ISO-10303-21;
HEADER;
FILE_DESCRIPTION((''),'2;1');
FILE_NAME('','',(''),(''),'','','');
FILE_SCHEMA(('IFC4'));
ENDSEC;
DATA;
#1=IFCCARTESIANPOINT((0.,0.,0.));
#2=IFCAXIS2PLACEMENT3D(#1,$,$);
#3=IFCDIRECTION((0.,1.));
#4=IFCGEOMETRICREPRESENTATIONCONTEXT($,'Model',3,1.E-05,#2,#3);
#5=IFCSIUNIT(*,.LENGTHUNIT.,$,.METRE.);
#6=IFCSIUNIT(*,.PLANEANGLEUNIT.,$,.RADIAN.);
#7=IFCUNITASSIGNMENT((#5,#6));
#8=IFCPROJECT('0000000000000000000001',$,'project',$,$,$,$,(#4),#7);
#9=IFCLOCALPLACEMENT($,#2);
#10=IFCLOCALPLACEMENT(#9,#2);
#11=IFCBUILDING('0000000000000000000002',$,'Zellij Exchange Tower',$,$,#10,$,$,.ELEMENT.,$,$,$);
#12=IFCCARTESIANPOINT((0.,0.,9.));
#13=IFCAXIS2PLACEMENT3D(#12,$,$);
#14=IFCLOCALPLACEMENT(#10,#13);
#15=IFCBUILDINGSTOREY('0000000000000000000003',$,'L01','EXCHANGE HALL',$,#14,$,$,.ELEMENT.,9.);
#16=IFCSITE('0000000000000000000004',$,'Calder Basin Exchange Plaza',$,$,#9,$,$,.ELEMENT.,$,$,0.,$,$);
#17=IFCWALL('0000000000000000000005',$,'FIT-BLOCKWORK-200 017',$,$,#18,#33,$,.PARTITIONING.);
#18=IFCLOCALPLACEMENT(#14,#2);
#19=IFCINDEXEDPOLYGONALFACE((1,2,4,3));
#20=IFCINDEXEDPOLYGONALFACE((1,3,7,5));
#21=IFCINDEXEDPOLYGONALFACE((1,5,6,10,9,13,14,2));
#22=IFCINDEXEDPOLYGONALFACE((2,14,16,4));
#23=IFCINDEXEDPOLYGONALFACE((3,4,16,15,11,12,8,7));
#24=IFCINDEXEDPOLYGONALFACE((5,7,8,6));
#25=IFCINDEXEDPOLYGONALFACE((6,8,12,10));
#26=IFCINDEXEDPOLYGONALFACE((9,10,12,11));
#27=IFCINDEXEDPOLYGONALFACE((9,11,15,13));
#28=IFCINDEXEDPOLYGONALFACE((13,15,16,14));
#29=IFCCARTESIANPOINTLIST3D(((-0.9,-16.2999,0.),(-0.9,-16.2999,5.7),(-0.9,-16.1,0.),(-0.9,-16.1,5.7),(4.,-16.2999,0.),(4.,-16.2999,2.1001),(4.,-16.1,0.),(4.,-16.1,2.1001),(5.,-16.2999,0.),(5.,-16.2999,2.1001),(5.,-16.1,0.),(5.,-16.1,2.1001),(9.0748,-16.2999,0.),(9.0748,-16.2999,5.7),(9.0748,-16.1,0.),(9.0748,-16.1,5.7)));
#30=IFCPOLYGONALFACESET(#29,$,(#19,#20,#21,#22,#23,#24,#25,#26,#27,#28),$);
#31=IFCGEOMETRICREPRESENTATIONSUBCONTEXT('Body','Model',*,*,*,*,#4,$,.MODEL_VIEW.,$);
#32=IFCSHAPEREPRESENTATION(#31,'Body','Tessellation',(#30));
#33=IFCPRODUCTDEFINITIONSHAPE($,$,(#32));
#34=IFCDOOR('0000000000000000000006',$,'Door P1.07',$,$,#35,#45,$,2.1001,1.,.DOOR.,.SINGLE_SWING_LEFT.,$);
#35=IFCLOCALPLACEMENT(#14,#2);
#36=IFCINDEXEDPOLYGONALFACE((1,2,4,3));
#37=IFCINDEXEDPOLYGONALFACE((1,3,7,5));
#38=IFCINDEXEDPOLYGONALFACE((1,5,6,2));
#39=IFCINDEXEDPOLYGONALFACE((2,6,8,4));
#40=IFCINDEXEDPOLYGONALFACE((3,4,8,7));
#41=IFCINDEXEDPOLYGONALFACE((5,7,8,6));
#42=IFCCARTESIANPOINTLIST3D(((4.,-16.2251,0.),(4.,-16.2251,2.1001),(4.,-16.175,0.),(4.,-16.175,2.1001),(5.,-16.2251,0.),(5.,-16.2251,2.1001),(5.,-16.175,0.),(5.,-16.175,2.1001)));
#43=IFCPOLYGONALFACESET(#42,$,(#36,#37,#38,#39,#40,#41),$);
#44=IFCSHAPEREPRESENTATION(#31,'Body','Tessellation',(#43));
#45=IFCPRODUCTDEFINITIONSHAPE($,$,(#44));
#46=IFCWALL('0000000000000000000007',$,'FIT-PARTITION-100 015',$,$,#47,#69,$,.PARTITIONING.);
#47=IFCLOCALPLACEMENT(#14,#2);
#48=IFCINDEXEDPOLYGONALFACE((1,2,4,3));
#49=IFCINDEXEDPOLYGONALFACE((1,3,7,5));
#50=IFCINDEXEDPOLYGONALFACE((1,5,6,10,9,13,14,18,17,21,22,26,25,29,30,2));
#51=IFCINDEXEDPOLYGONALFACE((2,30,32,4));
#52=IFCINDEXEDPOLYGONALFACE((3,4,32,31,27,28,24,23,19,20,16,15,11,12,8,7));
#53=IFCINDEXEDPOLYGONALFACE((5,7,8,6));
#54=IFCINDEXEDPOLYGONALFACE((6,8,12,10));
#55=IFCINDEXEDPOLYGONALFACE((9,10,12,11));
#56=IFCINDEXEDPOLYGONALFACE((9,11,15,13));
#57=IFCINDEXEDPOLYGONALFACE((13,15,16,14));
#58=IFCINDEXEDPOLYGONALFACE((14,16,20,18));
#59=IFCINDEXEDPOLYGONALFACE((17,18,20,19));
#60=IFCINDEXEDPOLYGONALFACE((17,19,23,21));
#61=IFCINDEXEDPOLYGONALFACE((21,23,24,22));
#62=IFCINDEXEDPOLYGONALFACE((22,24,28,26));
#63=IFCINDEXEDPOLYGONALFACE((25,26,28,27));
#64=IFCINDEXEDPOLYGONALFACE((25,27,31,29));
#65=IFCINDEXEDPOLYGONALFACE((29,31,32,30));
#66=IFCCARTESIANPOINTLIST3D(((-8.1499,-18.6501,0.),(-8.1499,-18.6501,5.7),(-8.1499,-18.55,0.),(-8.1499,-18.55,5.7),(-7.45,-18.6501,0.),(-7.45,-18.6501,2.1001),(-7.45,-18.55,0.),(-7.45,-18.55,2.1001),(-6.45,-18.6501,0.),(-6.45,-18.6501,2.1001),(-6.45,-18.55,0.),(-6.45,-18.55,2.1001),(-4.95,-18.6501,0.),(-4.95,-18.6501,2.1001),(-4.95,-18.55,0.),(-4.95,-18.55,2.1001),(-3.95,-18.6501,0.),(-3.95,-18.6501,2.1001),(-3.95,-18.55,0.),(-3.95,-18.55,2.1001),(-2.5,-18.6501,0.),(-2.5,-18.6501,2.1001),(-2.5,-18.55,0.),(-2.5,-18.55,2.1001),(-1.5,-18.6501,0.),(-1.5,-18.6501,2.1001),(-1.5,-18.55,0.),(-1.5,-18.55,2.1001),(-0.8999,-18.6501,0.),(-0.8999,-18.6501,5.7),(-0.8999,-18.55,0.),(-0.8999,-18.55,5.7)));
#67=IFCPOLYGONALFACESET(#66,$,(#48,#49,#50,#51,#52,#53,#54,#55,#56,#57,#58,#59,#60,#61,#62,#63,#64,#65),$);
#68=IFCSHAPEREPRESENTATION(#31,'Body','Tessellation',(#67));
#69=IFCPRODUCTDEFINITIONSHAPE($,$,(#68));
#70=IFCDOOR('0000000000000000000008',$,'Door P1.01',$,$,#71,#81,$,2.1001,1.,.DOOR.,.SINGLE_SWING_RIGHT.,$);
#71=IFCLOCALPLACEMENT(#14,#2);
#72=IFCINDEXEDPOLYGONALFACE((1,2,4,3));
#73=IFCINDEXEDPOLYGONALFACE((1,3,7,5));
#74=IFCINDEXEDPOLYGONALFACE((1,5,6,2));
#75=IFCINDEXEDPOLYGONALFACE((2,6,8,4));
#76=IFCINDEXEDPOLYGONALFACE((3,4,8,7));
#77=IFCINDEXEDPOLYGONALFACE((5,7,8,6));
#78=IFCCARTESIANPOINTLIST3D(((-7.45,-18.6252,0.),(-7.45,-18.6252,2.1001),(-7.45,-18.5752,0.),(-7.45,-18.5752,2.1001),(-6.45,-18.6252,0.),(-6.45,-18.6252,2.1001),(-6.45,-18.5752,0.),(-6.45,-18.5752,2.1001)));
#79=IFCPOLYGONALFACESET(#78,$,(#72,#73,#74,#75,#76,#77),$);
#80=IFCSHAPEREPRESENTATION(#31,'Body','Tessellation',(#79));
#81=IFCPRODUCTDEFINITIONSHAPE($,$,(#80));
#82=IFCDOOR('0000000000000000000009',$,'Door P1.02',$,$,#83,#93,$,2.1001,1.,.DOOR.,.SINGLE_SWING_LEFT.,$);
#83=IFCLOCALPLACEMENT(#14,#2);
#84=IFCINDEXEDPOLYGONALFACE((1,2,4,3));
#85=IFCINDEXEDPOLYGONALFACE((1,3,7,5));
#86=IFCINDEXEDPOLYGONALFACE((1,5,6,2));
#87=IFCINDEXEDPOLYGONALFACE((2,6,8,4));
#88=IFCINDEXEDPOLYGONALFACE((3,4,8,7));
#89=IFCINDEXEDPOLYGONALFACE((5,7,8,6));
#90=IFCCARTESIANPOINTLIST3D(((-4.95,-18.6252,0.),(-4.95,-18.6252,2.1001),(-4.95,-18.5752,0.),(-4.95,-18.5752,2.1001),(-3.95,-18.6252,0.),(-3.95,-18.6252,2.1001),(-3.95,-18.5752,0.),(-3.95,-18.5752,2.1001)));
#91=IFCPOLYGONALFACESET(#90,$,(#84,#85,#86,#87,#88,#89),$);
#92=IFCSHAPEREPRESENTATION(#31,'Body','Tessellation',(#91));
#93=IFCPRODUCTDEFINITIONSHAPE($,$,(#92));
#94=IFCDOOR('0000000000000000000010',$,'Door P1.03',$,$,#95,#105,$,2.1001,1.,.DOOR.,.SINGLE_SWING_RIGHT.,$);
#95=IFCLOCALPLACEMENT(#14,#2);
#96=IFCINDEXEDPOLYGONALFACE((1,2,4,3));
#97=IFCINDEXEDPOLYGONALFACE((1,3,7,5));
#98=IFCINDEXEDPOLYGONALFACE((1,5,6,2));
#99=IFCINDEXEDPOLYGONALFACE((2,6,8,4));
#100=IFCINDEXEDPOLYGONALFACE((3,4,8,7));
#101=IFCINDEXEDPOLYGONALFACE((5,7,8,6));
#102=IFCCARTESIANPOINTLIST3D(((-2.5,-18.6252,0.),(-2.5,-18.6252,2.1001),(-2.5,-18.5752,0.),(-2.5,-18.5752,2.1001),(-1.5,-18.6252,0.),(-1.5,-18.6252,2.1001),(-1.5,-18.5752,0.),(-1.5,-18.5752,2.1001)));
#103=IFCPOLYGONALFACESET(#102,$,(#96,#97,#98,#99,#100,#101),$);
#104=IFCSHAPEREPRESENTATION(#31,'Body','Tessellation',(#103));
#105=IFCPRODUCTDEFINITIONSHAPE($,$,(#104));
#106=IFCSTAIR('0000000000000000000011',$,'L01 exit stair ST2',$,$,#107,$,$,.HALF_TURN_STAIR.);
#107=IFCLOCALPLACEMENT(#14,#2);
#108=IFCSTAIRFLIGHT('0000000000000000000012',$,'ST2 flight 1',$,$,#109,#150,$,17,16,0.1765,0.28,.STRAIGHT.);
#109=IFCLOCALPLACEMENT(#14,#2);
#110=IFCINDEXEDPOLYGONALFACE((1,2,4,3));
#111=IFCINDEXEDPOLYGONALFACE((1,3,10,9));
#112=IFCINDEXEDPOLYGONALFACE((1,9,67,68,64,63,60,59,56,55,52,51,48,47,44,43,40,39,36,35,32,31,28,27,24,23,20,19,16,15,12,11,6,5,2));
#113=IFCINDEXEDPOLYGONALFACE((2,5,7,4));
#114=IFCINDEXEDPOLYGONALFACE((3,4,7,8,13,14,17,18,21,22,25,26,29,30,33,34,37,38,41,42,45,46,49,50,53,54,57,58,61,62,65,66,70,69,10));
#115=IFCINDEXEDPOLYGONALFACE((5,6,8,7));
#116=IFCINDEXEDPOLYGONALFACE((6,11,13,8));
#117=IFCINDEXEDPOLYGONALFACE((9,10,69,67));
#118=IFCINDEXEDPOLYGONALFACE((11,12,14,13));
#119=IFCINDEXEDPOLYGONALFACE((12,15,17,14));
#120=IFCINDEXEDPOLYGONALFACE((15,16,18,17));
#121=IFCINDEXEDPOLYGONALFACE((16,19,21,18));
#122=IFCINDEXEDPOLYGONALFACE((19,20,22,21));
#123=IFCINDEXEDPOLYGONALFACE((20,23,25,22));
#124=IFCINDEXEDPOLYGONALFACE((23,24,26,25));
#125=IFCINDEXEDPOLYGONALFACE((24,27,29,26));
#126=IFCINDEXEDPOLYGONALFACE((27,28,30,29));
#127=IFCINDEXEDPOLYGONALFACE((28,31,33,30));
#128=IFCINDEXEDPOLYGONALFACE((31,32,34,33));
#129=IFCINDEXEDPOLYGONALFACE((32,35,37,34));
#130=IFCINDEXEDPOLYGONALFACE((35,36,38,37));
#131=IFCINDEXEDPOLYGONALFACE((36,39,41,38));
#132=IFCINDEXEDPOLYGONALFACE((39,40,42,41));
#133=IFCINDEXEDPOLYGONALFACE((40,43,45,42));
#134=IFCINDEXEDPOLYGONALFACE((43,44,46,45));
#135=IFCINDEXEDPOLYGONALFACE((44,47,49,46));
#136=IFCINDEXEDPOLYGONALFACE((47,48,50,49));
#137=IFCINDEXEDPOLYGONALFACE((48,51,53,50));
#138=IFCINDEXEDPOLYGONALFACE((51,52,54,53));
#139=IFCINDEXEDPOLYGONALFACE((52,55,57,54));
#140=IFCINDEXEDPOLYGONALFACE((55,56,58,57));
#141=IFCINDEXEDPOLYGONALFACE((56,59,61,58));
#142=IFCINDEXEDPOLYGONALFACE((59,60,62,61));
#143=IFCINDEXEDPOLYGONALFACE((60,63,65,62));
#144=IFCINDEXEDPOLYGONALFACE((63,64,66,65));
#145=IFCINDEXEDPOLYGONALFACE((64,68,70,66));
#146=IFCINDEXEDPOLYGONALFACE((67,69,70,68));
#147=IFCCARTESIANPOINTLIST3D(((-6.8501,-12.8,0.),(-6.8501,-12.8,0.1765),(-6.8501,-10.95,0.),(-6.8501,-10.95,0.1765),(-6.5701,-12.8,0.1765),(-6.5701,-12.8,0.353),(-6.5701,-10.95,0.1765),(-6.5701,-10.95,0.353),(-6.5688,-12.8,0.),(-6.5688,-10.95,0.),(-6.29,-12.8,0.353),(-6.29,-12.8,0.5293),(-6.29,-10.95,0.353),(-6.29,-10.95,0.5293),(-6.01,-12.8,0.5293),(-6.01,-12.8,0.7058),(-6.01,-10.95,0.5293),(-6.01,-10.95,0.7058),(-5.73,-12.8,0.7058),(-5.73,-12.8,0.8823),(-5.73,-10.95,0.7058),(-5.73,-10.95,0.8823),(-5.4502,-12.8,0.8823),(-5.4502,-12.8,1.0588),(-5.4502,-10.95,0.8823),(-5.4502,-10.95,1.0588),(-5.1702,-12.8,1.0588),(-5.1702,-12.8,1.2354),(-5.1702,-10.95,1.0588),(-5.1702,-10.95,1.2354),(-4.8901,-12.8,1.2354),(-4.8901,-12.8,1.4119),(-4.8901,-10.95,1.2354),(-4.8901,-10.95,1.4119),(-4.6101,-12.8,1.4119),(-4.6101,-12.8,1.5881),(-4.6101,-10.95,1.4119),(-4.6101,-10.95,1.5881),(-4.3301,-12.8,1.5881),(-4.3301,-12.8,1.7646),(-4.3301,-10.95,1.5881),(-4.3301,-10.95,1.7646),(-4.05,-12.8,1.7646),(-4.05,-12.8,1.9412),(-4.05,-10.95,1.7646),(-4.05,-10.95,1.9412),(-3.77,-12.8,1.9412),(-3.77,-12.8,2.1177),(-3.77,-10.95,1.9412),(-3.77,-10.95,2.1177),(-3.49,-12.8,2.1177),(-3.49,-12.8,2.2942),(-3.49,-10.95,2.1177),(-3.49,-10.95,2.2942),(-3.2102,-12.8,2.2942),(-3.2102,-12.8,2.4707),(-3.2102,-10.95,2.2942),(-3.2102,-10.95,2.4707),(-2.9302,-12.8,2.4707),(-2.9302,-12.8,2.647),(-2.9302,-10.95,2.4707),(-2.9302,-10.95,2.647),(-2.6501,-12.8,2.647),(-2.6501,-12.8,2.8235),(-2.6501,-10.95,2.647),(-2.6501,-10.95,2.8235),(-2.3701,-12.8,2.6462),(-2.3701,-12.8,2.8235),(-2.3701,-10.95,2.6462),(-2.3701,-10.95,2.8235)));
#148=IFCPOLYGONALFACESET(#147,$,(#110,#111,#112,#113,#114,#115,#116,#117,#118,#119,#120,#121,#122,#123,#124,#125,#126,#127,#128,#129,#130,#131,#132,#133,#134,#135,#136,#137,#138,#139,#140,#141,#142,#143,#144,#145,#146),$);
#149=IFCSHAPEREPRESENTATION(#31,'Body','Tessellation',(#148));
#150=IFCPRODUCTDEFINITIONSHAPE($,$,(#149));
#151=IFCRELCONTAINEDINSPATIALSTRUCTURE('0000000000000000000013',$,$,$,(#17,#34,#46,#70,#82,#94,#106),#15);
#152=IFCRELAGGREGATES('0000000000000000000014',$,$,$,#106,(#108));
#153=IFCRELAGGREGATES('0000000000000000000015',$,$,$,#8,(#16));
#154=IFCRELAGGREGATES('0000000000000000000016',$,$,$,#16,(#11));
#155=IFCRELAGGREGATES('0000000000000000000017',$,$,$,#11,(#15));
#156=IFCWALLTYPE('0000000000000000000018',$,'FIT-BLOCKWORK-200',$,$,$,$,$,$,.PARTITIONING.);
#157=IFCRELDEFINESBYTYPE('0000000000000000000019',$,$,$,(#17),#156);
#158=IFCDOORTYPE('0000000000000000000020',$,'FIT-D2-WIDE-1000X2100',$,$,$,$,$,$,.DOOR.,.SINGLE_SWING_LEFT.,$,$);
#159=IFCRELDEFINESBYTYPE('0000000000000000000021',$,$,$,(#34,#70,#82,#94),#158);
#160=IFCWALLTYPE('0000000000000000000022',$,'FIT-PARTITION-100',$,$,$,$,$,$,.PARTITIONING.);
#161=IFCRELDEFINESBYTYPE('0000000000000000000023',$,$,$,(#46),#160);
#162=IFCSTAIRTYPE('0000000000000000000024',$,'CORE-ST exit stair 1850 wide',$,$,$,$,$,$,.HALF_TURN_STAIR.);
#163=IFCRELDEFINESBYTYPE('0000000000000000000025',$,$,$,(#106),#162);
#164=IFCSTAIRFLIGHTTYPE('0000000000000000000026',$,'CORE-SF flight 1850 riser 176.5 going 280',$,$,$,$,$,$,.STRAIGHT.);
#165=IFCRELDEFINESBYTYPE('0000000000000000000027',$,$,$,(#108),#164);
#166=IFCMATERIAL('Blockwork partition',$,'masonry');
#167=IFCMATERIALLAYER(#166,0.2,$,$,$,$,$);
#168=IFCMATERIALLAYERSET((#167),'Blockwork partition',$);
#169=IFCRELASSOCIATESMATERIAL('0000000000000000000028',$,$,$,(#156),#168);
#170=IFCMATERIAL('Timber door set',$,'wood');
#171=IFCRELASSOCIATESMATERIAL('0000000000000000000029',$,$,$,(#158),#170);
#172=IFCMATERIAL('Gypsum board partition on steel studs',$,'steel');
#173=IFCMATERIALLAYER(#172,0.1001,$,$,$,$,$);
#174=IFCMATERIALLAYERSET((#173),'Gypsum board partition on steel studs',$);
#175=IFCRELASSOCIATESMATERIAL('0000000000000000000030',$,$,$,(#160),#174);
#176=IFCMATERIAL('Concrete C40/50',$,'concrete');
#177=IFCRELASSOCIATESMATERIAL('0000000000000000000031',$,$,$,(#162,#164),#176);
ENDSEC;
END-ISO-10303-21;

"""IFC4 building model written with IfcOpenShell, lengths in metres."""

from ifc_helpers import new_model, si_unit, direction, frame, frame_2d, origin, place, context, subcontext, project, spatial, polyline, rectangle, outline, extrude, material, layer, layer_set, type_object, element, fill, aggregate, save


model = new_model("IFC4")

# Units and contexts
model_context = context("Model", 3, precision=1e-05, world=origin(), true_north=direction((0.0, 1.0)))
body_context = subcontext(model_context, "Body", "Model", "MODEL_VIEW")
ifc_project = project(units=[si_unit("LENGTHUNIT", "METRE"), si_unit("PLANEANGLEUNIT", "RADIAN")], contexts=[model_context])

# Site, building, storey
site_placement = place(None, origin())
site = spatial("IfcSite", under=ifc_project, at=site_placement, Name="Calder Basin Exchange Plaza", CompositionType="ELEMENT", RefElevation=0.0)
building_placement = place(site_placement, origin())
building = spatial("IfcBuilding", under=site, at=building_placement, Name="Zellij Exchange Tower", CompositionType="ELEMENT")
storey_placement = place(building_placement, frame((0.0, 0.0, 9.0)))
storey = spatial("IfcBuildingStorey", under=building, at=storey_placement, Name="L01", Description="EXCHANGE HALL", CompositionType="ELEMENT", Elevation=9.0)

# Wall, opening, door
ifc_material_1 = material(Name="Blockwork partition", Category="masonry")
ifc_layer_1 = layer(ifc_material_1, 0.2)
ifc_layer_set_1 = layer_set([ifc_layer_1], Name="Blockwork partition")
wall_type_1 = type_object("IfcWallType", Name="FIT-BLOCKWORK-200", PredefinedType="PARTITIONING", material=ifc_layer_set_1)
wall_1_placement = place(storey_placement, frame((-0.8999, -16.2, 0.0), z_axis=(0.0, 0.0, 1.0), x_axis=(1.0, 0.0, 0.0)))
wall_1 = element("IfcWall", 1, at=wall_1_placement, inside=storey, type_object=wall_type_1, Name="FIT-BLOCKWORK-200 017", PredefinedType="PARTITIONING", context=body_context, shape_type="SweptSolid", body=[
    extrude(rectangle(XDim=9.9749, YDim=0.2, at=frame_2d((4.9873, 0.0))), origin(), (0.0, 0.0, 1.0), 5.7),
])
opening_1_placement = place(wall_1_placement, frame((4.8999, 0.0, 0.0)))
opening_1 = element("IfcOpeningElement", 2, at=opening_1_placement, cuts=wall_1, PredefinedType="OPENING", context=body_context, shape_type="SweptSolid", body=[
    extrude(rectangle(XDim=1.0, YDim=2.1001, at=frame_2d((0.5, 1.05))), frame((0.0, 0.1118, 0.0), z_axis=(0.0, -1.0, 0.0), x_axis=(1.0, 0.0, 0.0)), (0.0, 0.0, 1.0), 0.2239),
])
ifc_material_2 = material(Name="Timber door set", Category="wood")
door_type_1 = type_object("IfcDoorType", Name="FIT-D2-WIDE-1000X2100", OperationType="SINGLE_SWING_LEFT", PredefinedType="DOOR", material=ifc_material_2)
door_1_placement = place(opening_1_placement, origin())
door_1 = element("IfcDoor", 3, at=door_1_placement, inside=storey, type_object=door_type_1, Name="Door P1.07", OperationType="SINGLE_SWING_LEFT", OverallHeight=2.1001, OverallWidth=1.0, PredefinedType="DOOR", context=body_context, shape_type="SweptSolid", body=[
    extrude(rectangle(XDim=1.0, YDim=2.1001, at=frame_2d((0.5, 1.05))), frame((0.0, 0.0249, 0.0), z_axis=(0.0, -1.0, 0.0), x_axis=(1.0, 0.0, 0.0)), (0.0, 0.0, 1.0), 0.05),
])
fill(opening_1, door_1)

# Wall, openings, doors
ifc_material_3 = material(Name="Gypsum board partition on steel studs", Category="steel")
ifc_layer_2 = layer(ifc_material_3, 0.1001)
ifc_layer_set_2 = layer_set([ifc_layer_2], Name="Gypsum board partition on steel studs")
wall_type_2 = type_object("IfcWallType", Name="FIT-PARTITION-100", PredefinedType="PARTITIONING", material=ifc_layer_set_2)
wall_2_placement = place(storey_placement, frame((-8.1499, -18.6001, 0.0), z_axis=(0.0, 0.0, 1.0), x_axis=(1.0, 0.0, 0.0)))
wall_2 = element("IfcWall", 4, at=wall_2_placement, inside=storey, type_object=wall_type_2, Name="FIT-PARTITION-100 015", PredefinedType="PARTITIONING", context=body_context, shape_type="SweptSolid", body=[
    extrude(rectangle(XDim=7.25, YDim=0.1001, at=frame_2d((3.625, 0.0))), origin(), (0.0, 0.0, 1.0), 5.7),
])
opening_2_placement = place(wall_2_placement, frame((0.7, 0.0, 0.0)))
opening_2 = element("IfcOpeningElement", 5, at=opening_2_placement, cuts=wall_2, PredefinedType="OPENING", context=body_context, shape_type="SweptSolid", body=[
    extrude(rectangle(XDim=1.0, YDim=2.1001, at=frame_2d((0.5, 1.05))), frame((0.0, 0.062, 0.0), z_axis=(0.0, -1.0, 0.0), x_axis=(1.0, 0.0, 0.0)), (0.0, 0.0, 1.0), 0.124),
])
opening_3_placement = place(wall_2_placement, frame((3.2, 0.0, 0.0)))
opening_3 = element("IfcOpeningElement", 6, at=opening_3_placement, cuts=wall_2, PredefinedType="OPENING", context=body_context, shape_type="SweptSolid", body=[
    extrude(rectangle(XDim=1.0, YDim=2.1001, at=frame_2d((0.5, 1.05))), frame((0.0, 0.062, 0.0), z_axis=(0.0, -1.0, 0.0), x_axis=(1.0, 0.0, 0.0)), (0.0, 0.0, 1.0), 0.124),
])
opening_4_placement = place(wall_2_placement, frame((5.6499, 0.0, 0.0)))
opening_4 = element("IfcOpeningElement", 7, at=opening_4_placement, cuts=wall_2, PredefinedType="OPENING", context=body_context, shape_type="SweptSolid", body=[
    extrude(rectangle(XDim=1.0, YDim=2.1001, at=frame_2d((0.5, 1.05))), frame((0.0, 0.062, 0.0), z_axis=(0.0, -1.0, 0.0), x_axis=(1.0, 0.0, 0.0)), (0.0, 0.0, 1.0), 0.124),
])
door_2_placement = place(opening_2_placement, origin())
door_2 = element("IfcDoor", 8, at=door_2_placement, inside=storey, type_object=door_type_1, Name="Door P1.01", OperationType="SINGLE_SWING_RIGHT", OverallHeight=2.1001, OverallWidth=1.0, PredefinedType="DOOR", context=body_context, shape_type="SweptSolid", body=[
    extrude(rectangle(XDim=1.0, YDim=2.1001, at=frame_2d((0.5, 1.05))), frame((0.0, 0.0249, 0.0), z_axis=(0.0, -1.0, 0.0), x_axis=(1.0, 0.0, 0.0)), (0.0, 0.0, 1.0), 0.05),
])
fill(opening_2, door_2)
door_3_placement = place(opening_3_placement, origin())
door_3 = element("IfcDoor", 9, at=door_3_placement, inside=storey, type_object=door_type_1, Name="Door P1.02", OperationType="SINGLE_SWING_LEFT", OverallHeight=2.1001, OverallWidth=1.0, PredefinedType="DOOR", context=body_context, shape_type="SweptSolid", body=[
    extrude(rectangle(XDim=1.0, YDim=2.1001, at=frame_2d((0.5, 1.05))), frame((0.0, 0.0249, 0.0), z_axis=(0.0, -1.0, 0.0), x_axis=(1.0, 0.0, 0.0)), (0.0, 0.0, 1.0), 0.05),
])
fill(opening_3, door_3)
door_4_placement = place(opening_4_placement, origin())
door_4 = element("IfcDoor", 10, at=door_4_placement, inside=storey, type_object=door_type_1, Name="Door P1.03", OperationType="SINGLE_SWING_RIGHT", OverallHeight=2.1001, OverallWidth=1.0, PredefinedType="DOOR", context=body_context, shape_type="SweptSolid", body=[
    extrude(rectangle(XDim=1.0, YDim=2.1001, at=frame_2d((0.5, 1.05))), frame((0.0, 0.0249, 0.0), z_axis=(0.0, -1.0, 0.0), x_axis=(1.0, 0.0, 0.0)), (0.0, 0.0, 1.0), 0.05),
])
fill(opening_4, door_4)

# Stair, stair flight
ifc_material_4 = material(Name="Concrete C40/50", Category="concrete")
stair_type = type_object("IfcStairType", Name="CORE-ST exit stair 1850 wide", PredefinedType="HALF_TURN_STAIR", material=ifc_material_4)
stair_placement = place(storey_placement, origin())
stair = element("IfcStair", 11, at=stair_placement, inside=storey, type_object=stair_type, Name="L01 exit stair ST2", PredefinedType="HALF_TURN_STAIR")
stair_flight_type = type_object("IfcStairFlightType", Name="CORE-SF flight 1850 riser 176.5 going 280", PredefinedType="STRAIGHT", material=ifc_material_4)
stair_flight_1_placement = place(storey_placement, frame((-6.8501, -11.875, 0.0), z_axis=(0.0, 0.0, 1.0), x_axis=(1.0, 0.0, 0.0)))
stair_flight_1 = element("IfcStairFlight", 12, at=stair_flight_1_placement, type_object=stair_flight_type, Name="ST2 flight 1", NumberOfRisers=17, NumberOfTreads=16, PredefinedType="STRAIGHT", RiserHeight=0.1765, TreadLength=0.28, context=body_context, shape_type="SweptSolid", body=[
    extrude(outline(polyline([(0.0, 0.0), (0.0, 0.1765), (0.28, 0.1765), (0.28, 0.353), (0.5601, 0.353), (0.5601, 0.5293), (0.8401, 0.5293), (0.8401, 0.7058), (1.1201, 0.7058), (1.1201, 0.8823), (1.3999, 0.8823), (1.3999, 1.0588), (1.6799, 1.0588), (1.6799, 1.2354), (1.96, 1.2354), (1.96, 1.4119), (2.24, 1.4119), (2.24, 1.5881), (2.52, 1.5881), (2.52, 1.7646), (2.8, 1.7646), (2.8, 1.9412), (3.0801, 1.9412), (3.0801, 2.1177), (3.3601, 2.1177), (3.3601, 2.2942), (3.6399, 2.2942), (3.6399, 2.4707), (3.9199, 2.4707), (3.9199, 2.647), (4.2, 2.647), (4.2, 2.8235), (4.48, 2.8235), (4.48, 3.0), (4.48, 2.6462), (0.2812, 0.0), (0.0, 0.0)])), frame((0.0, 0.925, 0.0), z_axis=(0.0, -1.0, 0.0), x_axis=(1.0, 0.0, 0.0)), (0.0, 0.0, 1.0), 1.8501),
])
aggregate(stair, [stair_flight_1])

save(model, "model.ifc")
